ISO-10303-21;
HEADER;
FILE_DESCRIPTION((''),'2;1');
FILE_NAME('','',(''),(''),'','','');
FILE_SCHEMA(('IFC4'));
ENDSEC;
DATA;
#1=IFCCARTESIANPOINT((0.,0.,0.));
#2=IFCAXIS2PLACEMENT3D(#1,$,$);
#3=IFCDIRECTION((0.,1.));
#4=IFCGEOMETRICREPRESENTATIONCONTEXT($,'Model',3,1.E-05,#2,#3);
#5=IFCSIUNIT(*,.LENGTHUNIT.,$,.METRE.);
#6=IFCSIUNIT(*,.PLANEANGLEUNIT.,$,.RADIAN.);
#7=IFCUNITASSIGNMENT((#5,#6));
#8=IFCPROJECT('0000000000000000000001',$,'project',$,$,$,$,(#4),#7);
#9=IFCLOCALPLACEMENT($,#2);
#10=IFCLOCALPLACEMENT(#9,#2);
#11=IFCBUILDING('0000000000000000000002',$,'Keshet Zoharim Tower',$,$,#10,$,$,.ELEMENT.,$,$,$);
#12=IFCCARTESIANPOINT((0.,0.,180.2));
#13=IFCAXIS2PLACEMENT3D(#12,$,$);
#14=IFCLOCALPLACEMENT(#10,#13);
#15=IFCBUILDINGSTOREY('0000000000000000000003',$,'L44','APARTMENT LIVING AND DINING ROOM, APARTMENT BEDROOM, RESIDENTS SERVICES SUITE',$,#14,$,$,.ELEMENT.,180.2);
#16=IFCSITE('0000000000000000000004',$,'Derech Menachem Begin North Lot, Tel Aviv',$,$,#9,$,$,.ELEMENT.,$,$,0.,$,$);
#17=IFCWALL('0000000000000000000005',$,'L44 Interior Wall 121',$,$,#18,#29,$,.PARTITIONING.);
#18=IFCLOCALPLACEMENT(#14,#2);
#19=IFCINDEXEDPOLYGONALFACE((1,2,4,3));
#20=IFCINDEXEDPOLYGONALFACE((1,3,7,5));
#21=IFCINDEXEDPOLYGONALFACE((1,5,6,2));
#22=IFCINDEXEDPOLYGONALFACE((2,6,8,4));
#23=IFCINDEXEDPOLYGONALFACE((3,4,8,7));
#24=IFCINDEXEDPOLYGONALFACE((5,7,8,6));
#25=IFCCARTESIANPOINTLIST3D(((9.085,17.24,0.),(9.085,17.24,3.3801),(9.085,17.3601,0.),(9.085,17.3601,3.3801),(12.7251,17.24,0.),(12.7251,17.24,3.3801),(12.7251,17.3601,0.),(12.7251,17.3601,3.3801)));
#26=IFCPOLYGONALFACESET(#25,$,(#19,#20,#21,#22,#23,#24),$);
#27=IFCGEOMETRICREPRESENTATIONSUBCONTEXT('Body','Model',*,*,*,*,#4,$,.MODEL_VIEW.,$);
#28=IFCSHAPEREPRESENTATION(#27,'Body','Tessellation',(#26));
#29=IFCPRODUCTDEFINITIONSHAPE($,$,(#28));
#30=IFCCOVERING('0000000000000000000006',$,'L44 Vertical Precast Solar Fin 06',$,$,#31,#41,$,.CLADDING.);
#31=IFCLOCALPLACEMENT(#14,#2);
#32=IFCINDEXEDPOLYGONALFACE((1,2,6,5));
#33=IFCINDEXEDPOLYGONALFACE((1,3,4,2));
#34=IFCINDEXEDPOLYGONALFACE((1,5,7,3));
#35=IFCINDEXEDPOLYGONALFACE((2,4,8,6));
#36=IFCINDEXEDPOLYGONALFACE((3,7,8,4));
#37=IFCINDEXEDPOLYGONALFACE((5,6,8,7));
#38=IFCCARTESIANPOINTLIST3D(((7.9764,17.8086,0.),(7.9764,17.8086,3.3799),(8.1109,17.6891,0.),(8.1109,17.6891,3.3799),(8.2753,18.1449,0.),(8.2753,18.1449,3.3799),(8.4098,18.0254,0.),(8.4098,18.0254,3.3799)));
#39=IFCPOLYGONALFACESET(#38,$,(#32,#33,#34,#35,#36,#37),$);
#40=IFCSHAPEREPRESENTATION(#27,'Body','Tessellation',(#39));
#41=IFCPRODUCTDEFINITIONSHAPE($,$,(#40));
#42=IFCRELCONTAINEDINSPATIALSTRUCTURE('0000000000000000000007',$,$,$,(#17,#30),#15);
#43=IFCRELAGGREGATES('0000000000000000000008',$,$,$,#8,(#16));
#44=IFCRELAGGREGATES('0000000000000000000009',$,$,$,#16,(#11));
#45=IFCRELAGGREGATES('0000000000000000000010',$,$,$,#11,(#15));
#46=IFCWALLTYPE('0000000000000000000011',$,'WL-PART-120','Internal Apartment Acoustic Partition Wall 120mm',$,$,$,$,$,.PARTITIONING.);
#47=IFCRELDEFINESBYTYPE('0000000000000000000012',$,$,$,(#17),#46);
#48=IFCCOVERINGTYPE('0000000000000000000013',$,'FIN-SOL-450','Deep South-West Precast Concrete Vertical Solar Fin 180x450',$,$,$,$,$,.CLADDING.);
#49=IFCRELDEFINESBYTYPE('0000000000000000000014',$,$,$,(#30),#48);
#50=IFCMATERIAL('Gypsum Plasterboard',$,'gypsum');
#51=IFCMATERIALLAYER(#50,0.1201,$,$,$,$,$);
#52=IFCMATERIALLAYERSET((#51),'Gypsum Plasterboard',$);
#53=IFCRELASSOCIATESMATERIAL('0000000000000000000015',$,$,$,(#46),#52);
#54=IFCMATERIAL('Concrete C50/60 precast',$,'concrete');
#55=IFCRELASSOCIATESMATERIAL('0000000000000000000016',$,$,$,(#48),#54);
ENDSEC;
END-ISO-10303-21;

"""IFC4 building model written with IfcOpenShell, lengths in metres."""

from ifc_helpers import new_model, si_unit, direction, frame, frame_2d, origin, origin_2d, place, context, subcontext, project, spatial, rectangle, extrude, material, layer, layer_set, type_object, element, save


model = new_model("IFC4")

# Units and contexts
model_context = context("Model", 3, precision=1e-05, world=origin(), true_north=direction((0.0, 1.0)))
body_context = subcontext(model_context, "Body", "Model", "MODEL_VIEW")
ifc_project = project(units=[si_unit("LENGTHUNIT", "METRE"), si_unit("PLANEANGLEUNIT", "RADIAN")], contexts=[model_context])

# Site, building, storey
site_placement = place(None, origin())
site = spatial("IfcSite", under=ifc_project, at=site_placement, Name="Derech Menachem Begin North Lot, Tel Aviv", CompositionType="ELEMENT", RefElevation=0.0)
building_placement = place(site_placement, origin())
building = spatial("IfcBuilding", under=site, at=building_placement, Name="Keshet Zoharim Tower", CompositionType="ELEMENT")
storey_placement = place(building_placement, frame((0.0, 0.0, 180.2)))
storey = spatial("IfcBuildingStorey", under=building, at=storey_placement, Name="L44", Description="APARTMENT LIVING AND DINING ROOM, APARTMENT BEDROOM, RESIDENTS SERVICES SUITE", CompositionType="ELEMENT", Elevation=180.2)

# Shared definitions
ifc_material_1 = material(Name="Gypsum Plasterboard", Category="gypsum")

# Wall
ifc_layer_1 = layer(ifc_material_1, 0.1201)
ifc_layer_set_1 = layer_set([ifc_layer_1], Name="Gypsum Plasterboard")
wall_type_1 = type_object("IfcWallType", Name="WL-PART-120", Description="Internal Apartment Acoustic Partition Wall 120mm", PredefinedType="PARTITIONING", material=ifc_layer_set_1)
wall_1_placement = place(storey_placement, frame((9.085, 17.3, 0.0), z_axis=(0.0, 0.0, 1.0), x_axis=(1.0, 0.0, 0.0)))
element("IfcWall", 1, at=wall_1_placement, inside=storey, type_object=wall_type_1, Name="L44 Interior Wall 121", PredefinedType="PARTITIONING", context=body_context, shape_type="SweptSolid", body=[
    extrude(rectangle(XDim=3.6401, YDim=0.1201, at=frame_2d((1.8201, 0.0))), origin(), (0.0, 0.0, 1.0), 3.3801),
])

# Covering
ifc_material_2 = material(Name="Concrete C50/60 precast", Category="concrete")
covering_type = type_object("IfcCoveringType", Name="FIN-SOL-450", Description="Deep South-West Precast Concrete Vertical Solar Fin 180x450", PredefinedType="CLADDING", material=ifc_material_2)
covering_placement = place(storey_placement, frame((8.1931, 17.917, 0.0), z_axis=(0.0, 0.0, 1.0), x_axis=(-0.747409, 0.664364, 0.0)))
element("IfcCovering", 2, at=covering_placement, inside=storey, type_object=covering_type, Name="L44 Vertical Precast Solar Fin 06", PredefinedType="CLADDING", context=body_context, shape_type="SweptSolid", body=[
    extrude(rectangle(XDim=0.1799, YDim=0.45, at=origin_2d()), origin(), (0.0, 0.0, 1.0), 3.3799),
])

save(model, "model.ifc")
